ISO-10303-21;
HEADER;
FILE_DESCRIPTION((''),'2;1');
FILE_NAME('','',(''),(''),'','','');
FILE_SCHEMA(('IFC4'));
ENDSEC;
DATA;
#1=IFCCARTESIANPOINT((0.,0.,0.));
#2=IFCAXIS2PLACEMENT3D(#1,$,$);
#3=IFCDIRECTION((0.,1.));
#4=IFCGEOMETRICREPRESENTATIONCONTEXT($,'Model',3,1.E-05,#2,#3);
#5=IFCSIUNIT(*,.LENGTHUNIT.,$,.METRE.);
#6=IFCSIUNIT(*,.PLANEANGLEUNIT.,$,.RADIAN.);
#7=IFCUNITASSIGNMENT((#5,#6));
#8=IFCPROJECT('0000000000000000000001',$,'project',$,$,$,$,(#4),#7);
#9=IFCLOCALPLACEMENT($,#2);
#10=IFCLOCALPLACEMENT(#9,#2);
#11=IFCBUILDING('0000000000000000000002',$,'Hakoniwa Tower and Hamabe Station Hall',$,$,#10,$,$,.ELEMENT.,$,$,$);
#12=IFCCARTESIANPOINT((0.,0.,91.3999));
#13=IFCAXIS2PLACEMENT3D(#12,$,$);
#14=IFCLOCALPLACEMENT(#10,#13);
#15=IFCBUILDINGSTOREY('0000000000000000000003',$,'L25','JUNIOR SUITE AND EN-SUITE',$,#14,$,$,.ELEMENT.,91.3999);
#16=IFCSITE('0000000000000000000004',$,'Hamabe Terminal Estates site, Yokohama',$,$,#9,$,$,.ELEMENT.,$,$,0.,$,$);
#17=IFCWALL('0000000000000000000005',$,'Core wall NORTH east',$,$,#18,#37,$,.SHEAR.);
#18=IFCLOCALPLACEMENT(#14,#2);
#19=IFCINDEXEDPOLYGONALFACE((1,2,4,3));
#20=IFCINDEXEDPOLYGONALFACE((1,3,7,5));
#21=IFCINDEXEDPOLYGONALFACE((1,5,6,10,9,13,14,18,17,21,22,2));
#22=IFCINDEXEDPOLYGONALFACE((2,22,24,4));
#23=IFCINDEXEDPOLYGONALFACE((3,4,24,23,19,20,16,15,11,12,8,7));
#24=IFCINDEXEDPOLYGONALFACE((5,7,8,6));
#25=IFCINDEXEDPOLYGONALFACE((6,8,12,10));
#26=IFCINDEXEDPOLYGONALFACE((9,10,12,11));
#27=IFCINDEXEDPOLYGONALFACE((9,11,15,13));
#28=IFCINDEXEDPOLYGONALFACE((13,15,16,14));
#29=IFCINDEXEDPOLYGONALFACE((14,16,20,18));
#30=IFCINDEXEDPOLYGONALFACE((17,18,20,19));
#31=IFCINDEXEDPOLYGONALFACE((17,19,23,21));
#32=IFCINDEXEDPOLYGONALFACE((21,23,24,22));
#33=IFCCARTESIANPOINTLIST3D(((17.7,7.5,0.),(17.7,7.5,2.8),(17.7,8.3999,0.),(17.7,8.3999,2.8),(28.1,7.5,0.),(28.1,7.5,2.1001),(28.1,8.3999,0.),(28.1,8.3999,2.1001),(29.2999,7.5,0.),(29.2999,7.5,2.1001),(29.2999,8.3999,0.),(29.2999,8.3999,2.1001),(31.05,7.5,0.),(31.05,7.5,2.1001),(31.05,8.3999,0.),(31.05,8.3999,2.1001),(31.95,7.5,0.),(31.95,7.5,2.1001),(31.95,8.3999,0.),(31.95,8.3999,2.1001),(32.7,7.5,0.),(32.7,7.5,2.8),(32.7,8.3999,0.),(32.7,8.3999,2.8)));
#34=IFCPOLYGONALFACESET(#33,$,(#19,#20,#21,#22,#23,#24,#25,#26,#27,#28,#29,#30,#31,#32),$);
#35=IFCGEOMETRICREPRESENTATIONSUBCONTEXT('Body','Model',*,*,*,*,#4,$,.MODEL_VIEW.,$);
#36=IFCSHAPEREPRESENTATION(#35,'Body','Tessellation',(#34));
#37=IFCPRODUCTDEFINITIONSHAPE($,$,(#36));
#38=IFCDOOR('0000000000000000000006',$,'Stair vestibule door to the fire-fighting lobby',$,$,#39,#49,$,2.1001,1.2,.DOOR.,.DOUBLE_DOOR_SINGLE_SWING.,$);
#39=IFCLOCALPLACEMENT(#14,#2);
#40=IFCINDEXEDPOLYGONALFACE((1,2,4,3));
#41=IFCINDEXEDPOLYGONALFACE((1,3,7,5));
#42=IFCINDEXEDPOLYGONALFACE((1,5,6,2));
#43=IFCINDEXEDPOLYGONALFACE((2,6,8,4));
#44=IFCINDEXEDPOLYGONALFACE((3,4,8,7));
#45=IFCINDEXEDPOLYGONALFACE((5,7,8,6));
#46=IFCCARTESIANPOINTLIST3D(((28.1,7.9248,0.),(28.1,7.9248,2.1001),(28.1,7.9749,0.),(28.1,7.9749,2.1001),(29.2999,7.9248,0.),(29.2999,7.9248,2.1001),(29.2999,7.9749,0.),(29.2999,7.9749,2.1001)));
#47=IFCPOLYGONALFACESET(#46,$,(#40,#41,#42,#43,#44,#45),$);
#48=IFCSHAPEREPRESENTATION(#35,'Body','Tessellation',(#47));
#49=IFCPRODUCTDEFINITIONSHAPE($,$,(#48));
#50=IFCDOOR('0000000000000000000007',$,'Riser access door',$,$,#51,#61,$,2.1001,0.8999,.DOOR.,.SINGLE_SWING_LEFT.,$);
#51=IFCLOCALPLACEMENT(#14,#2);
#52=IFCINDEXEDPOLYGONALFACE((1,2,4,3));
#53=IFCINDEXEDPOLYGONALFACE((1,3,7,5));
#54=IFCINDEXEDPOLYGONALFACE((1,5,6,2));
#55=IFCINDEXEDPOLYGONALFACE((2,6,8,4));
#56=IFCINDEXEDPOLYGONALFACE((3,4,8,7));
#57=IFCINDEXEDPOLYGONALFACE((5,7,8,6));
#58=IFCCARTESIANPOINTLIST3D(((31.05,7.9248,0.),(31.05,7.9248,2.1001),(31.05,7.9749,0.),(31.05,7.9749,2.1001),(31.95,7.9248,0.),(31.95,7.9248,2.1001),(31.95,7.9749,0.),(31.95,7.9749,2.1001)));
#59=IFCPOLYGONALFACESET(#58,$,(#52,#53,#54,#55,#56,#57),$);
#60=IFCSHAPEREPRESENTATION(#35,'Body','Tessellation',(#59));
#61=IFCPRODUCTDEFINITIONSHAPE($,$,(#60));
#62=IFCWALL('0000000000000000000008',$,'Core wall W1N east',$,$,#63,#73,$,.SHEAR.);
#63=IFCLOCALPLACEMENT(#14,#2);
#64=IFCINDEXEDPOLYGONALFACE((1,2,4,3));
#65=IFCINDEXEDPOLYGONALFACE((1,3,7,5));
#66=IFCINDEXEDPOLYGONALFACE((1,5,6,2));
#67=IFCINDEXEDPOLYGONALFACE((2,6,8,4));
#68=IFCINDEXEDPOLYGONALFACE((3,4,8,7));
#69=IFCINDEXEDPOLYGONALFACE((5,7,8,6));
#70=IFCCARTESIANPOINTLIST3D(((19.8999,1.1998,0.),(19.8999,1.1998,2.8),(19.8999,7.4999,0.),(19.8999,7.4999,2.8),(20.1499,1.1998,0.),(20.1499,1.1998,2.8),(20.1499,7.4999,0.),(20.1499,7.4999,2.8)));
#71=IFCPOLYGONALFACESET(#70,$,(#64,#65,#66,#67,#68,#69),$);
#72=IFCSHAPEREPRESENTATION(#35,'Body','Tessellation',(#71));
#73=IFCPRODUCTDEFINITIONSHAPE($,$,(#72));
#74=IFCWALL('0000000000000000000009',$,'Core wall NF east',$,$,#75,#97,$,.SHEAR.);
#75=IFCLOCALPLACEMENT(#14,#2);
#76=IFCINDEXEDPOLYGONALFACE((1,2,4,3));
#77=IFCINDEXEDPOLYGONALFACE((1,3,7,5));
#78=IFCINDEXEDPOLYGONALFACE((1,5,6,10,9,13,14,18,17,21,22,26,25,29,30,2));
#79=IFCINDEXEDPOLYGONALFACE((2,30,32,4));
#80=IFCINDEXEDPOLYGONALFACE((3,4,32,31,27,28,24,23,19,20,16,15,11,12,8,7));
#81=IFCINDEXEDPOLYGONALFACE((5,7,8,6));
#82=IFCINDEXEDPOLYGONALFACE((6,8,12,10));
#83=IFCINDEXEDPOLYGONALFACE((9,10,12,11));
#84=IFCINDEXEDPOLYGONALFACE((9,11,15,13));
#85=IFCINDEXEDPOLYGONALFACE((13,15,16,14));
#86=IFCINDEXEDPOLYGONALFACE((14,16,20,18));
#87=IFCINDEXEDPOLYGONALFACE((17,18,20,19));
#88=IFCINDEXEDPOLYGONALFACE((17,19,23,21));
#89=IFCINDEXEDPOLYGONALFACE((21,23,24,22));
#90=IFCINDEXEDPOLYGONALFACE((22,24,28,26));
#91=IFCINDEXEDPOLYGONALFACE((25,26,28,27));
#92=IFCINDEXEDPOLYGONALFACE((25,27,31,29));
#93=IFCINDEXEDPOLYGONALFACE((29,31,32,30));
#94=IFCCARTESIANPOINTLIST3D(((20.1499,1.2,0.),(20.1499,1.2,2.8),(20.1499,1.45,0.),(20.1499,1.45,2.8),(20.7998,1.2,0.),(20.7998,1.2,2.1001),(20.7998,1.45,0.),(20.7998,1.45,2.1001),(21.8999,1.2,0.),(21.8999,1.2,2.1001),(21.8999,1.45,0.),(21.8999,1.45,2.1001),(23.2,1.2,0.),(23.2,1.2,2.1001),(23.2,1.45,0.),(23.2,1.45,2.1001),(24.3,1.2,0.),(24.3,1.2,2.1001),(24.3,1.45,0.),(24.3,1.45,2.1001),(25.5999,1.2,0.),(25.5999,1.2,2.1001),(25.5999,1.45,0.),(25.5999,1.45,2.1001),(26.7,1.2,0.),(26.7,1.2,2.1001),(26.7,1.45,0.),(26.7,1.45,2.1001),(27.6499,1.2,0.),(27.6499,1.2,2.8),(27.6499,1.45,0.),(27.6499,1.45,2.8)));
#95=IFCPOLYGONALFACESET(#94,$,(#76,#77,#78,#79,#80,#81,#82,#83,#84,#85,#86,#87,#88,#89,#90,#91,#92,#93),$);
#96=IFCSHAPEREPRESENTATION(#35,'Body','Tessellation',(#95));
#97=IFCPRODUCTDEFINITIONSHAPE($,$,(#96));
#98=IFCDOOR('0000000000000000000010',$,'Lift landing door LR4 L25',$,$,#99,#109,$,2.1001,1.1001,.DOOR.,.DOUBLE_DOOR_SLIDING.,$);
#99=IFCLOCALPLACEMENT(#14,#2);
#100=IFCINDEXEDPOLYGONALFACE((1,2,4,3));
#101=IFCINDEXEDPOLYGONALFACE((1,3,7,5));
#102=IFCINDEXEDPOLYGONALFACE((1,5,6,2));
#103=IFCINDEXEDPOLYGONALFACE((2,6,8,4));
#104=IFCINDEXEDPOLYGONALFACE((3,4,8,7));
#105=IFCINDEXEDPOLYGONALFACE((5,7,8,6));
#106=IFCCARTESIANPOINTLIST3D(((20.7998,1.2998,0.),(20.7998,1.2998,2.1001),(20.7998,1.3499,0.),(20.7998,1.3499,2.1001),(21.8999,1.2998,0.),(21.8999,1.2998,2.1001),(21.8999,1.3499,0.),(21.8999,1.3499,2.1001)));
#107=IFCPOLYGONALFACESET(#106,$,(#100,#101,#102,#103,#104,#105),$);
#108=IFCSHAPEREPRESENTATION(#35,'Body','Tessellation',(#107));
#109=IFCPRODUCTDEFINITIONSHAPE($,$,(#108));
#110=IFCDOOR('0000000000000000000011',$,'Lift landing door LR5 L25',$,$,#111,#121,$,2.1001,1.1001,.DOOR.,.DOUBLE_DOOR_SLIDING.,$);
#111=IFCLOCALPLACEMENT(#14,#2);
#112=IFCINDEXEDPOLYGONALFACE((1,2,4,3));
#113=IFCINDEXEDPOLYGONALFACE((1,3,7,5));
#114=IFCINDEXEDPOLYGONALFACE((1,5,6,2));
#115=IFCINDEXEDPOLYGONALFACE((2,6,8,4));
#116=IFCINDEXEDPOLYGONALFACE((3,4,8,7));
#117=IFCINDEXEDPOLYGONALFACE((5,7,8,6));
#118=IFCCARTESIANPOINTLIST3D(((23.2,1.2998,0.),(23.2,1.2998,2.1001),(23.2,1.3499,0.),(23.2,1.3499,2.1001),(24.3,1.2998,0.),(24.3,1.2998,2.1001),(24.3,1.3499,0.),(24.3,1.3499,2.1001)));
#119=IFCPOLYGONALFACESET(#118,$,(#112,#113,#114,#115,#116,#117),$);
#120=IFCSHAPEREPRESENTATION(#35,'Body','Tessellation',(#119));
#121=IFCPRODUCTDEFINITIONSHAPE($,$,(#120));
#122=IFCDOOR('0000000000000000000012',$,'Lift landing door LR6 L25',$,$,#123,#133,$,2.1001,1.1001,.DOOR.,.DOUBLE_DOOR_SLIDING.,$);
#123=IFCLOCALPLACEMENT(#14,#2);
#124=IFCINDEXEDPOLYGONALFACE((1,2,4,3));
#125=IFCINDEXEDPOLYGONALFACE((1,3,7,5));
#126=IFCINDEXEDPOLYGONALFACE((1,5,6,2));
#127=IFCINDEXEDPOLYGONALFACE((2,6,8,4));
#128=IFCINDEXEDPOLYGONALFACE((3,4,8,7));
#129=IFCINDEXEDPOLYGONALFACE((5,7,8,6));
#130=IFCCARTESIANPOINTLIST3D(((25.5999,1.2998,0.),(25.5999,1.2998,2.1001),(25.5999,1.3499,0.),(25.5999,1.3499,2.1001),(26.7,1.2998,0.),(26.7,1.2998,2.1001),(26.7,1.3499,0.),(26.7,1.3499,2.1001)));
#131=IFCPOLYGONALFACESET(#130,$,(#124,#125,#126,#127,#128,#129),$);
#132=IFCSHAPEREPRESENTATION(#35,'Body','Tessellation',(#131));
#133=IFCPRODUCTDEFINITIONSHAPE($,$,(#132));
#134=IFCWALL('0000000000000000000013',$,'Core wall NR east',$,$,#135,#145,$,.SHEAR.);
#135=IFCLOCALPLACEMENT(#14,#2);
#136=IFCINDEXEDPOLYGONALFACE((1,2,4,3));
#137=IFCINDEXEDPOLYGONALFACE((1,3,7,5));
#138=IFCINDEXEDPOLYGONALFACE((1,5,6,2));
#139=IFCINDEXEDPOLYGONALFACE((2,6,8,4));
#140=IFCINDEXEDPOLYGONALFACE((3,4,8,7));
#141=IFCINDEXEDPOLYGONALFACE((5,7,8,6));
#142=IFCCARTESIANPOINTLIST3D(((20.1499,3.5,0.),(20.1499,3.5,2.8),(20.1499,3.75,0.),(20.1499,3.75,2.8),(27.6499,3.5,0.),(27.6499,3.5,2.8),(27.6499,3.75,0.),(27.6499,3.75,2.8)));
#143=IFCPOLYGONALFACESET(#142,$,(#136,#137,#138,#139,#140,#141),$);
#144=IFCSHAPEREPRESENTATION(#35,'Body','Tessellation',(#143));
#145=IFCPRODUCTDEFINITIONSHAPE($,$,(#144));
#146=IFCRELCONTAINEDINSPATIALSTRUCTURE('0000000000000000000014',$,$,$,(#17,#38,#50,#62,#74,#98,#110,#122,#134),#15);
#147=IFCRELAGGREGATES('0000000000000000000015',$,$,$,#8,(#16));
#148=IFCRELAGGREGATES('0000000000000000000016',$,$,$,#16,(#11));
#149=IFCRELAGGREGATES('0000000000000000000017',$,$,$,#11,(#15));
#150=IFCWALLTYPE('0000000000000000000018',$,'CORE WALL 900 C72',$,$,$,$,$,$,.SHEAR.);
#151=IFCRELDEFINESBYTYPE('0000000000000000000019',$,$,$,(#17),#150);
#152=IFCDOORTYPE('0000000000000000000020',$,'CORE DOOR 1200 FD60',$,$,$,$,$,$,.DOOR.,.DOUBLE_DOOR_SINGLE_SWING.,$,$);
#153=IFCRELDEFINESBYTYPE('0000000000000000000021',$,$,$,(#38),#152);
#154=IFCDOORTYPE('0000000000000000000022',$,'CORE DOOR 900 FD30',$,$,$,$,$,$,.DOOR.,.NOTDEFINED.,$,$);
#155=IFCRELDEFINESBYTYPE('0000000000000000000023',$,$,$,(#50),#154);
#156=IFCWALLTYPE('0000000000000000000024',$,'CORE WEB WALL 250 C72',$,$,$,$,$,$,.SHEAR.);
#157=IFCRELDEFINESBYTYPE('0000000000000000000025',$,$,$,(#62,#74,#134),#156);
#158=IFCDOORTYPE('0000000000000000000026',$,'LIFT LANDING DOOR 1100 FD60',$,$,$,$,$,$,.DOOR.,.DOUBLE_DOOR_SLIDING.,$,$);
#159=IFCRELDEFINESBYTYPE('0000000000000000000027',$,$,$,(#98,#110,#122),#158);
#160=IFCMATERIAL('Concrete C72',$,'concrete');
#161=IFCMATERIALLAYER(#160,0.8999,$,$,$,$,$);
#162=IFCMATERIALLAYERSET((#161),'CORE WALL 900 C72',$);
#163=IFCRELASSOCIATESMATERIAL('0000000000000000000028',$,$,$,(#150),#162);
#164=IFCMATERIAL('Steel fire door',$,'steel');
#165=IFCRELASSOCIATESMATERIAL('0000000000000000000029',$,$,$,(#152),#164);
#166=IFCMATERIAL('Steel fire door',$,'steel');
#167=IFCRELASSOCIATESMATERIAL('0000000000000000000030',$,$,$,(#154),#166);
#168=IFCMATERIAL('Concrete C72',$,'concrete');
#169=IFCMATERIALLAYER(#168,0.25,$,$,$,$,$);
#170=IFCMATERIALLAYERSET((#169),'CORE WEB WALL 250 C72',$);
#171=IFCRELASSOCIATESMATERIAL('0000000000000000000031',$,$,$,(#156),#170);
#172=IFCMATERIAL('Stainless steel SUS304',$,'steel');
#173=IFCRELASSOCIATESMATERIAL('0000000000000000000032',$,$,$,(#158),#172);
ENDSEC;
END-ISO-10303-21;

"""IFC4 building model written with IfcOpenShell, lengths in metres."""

from ifc_helpers import new_model, si_unit, direction, frame, frame_2d, origin, place, context, subcontext, project, spatial, rectangle, extrude, material, layer, layer_set, type_object, element, fill, save


model = new_model("IFC4")

# Units and contexts
model_context = context("Model", 3, precision=1e-05, world=origin(), true_north=direction((0.0, 1.0)))
body_context = subcontext(model_context, "Body", "Model", "MODEL_VIEW")
ifc_project = project(units=[si_unit("LENGTHUNIT", "METRE"), si_unit("PLANEANGLEUNIT", "RADIAN")], contexts=[model_context])

# Site, building, storey
site_placement = place(None, origin())
site = spatial("IfcSite", under=ifc_project, at=site_placement, Name="Hamabe Terminal Estates site, Yokohama", CompositionType="ELEMENT", RefElevation=0.0)
building_placement = place(site_placement, origin())
building = spatial("IfcBuilding", under=site, at=building_placement, Name="Hakoniwa Tower and Hamabe Station Hall", CompositionType="ELEMENT")
storey_placement = place(building_placement, frame((0.0, 0.0, 91.3999)))
storey = spatial("IfcBuildingStorey", under=building, at=storey_placement, Name="L25", Description="JUNIOR SUITE AND EN-SUITE", CompositionType="ELEMENT", Elevation=91.3999)

# Wall, openings, doors
ifc_material_1 = material(Name="Concrete C72", Category="concrete")
ifc_layer_1 = layer(ifc_material_1, 0.8999)
ifc_layer_set_1 = layer_set([ifc_layer_1], Name="CORE WALL 900 C72")
wall_type_1 = type_object("IfcWallType", Name="CORE WALL 900 C72", PredefinedType="SHEAR", material=ifc_layer_set_1)
wall_1_placement = place(storey_placement, frame((17.7, 7.95, 0.0), z_axis=(0.0, 0.0, 1.0), x_axis=(1.0, 0.0, 0.0)))
wall_1 = element("IfcWall", 1, at=wall_1_placement, inside=storey, type_object=wall_type_1, Name="Core wall NORTH east", PredefinedType="SHEAR", context=body_context, shape_type="SweptSolid", body=[
    extrude(rectangle(XDim=15.0, YDim=0.8999, at=frame_2d((7.5, 0.0))), origin(), (0.0, 0.0, 1.0), 2.8),
])
opening_1_placement = place(wall_1_placement, frame((10.3999, 0.0, 0.0)))
opening_1 = element("IfcOpeningElement", 2, at=opening_1_placement, cuts=wall_1, PredefinedType="OPENING", context=body_context, shape_type="SweptSolid", body=[
    extrude(rectangle(XDim=1.2, YDim=2.1001, at=frame_2d((0.6001, 1.05))), frame((0.0, 0.46, 0.0), z_axis=(0.0, -1.0, 0.0), x_axis=(1.0, 0.0, 0.0)), (0.0, 0.0, 1.0), 0.9199),
])
opening_2_placement = place(wall_1_placement, frame((13.3501, 0.0, 0.0)))
opening_2 = element("IfcOpeningElement", 3, at=opening_2_placement, cuts=wall_1, PredefinedType="OPENING", context=body_context, shape_type="SweptSolid", body=[
    extrude(rectangle(XDim=0.8999, YDim=2.1001, at=frame_2d((0.45, 1.05))), frame((0.0, 0.46, 0.0), z_axis=(0.0, -1.0, 0.0), x_axis=(1.0, 0.0, 0.0)), (0.0, 0.0, 1.0), 0.9199),
])
ifc_material_2 = material(Name="Steel fire door", Category="steel")
door_type_1 = type_object("IfcDoorType", Name="CORE DOOR 1200 FD60", OperationType="DOUBLE_DOOR_SINGLE_SWING", PredefinedType="DOOR", material=ifc_material_2)
door_1_placement = place(opening_1_placement, origin())
door_1 = element("IfcDoor", 4, at=door_1_placement, inside=storey, type_object=door_type_1, Name="Stair vestibule door to the fire-fighting lobby", OperationType="DOUBLE_DOOR_SINGLE_SWING", OverallHeight=2.1001, OverallWidth=1.2, PredefinedType="DOOR", context=body_context, shape_type="SweptSolid", body=[
    extrude(rectangle(XDim=1.2, YDim=2.1001, at=frame_2d((0.6001, 1.05))), frame((0.0, 0.0249, 0.0), z_axis=(0.0, -1.0, 0.0), x_axis=(1.0, 0.0, 0.0)), (0.0, 0.0, 1.0), 0.05),
])
fill(opening_1, door_1)
ifc_material_3 = material(Name="Steel fire door", Category="steel")
door_type_2 = type_object("IfcDoorType", Name="CORE DOOR 900 FD30", OperationType="NOTDEFINED", PredefinedType="DOOR", material=ifc_material_3)
door_2_placement = place(opening_2_placement, origin())
door_2 = element("IfcDoor", 5, at=door_2_placement, inside=storey, type_object=door_type_2, Name="Riser access door", OperationType="SINGLE_SWING_LEFT", OverallHeight=2.1001, OverallWidth=0.8999, PredefinedType="DOOR", context=body_context, shape_type="SweptSolid", body=[
    extrude(rectangle(XDim=0.8999, YDim=2.1001, at=frame_2d((0.45, 1.05))), frame((0.0, 0.0249, 0.0), z_axis=(0.0, -1.0, 0.0), x_axis=(1.0, 0.0, 0.0)), (0.0, 0.0, 1.0), 0.05),
])
fill(opening_2, door_2)

# Wall
ifc_material_4 = material(Name="Concrete C72", Category="concrete")
ifc_layer_2 = layer(ifc_material_4, 0.25)
ifc_layer_set_2 = layer_set([ifc_layer_2], Name="CORE WEB WALL 250 C72")
wall_type_2 = type_object("IfcWallType", Name="CORE WEB WALL 250 C72", PredefinedType="SHEAR", material=ifc_layer_set_2)
wall_2_placement = place(storey_placement, frame((20.0249, 1.2, 0.0), z_axis=(0.0, 0.0, 1.0), x_axis=(0.0, 1.0, 0.0)))
element("IfcWall", 6, at=wall_2_placement, inside=storey, type_object=wall_type_2, Name="Core wall W1N east", PredefinedType="SHEAR", context=body_context, shape_type="SweptSolid", body=[
    extrude(rectangle(XDim=6.3, YDim=0.25, at=frame_2d((3.1499, 0.0))), origin(), (0.0, 0.0, 1.0), 2.8),
])

# Wall, openings, doors
wall_3_placement = place(storey_placement, frame((20.1499, 1.325, 0.0), z_axis=(0.0, 0.0, 1.0), x_axis=(1.0, 0.0, 0.0)))
wall_3 = element("IfcWall", 7, at=wall_3_placement, inside=storey, type_object=wall_type_2, Name="Core wall NF east", PredefinedType="SHEAR", context=body_context, shape_type="SweptSolid", body=[
    extrude(rectangle(XDim=7.5, YDim=0.25, at=frame_2d((3.75, 0.0))), origin(), (0.0, 0.0, 1.0), 2.8),
])
opening_3_placement = place(wall_3_placement, frame((0.6499, 0.0, 0.0)))
opening_3 = element("IfcOpeningElement", 8, at=opening_3_placement, cuts=wall_3, PredefinedType="OPENING", context=body_context, shape_type="SweptSolid", body=[
    extrude(rectangle(XDim=1.1001, YDim=2.1001, at=frame_2d((0.55, 1.05))), frame((0.0, 0.135, 0.0), z_axis=(0.0, -1.0, 0.0), x_axis=(1.0, 0.0, 0.0)), (0.0, 0.0, 1.0), 0.27),
])
opening_4_placement = place(wall_3_placement, frame((3.05, 0.0, 0.0)))
opening_4 = element("IfcOpeningElement", 9, at=opening_4_placement, cuts=wall_3, PredefinedType="OPENING", context=body_context, shape_type="SweptSolid", body=[
    extrude(rectangle(XDim=1.1001, YDim=2.1001, at=frame_2d((0.55, 1.05))), frame((0.0, 0.135, 0.0), z_axis=(0.0, -1.0, 0.0), x_axis=(1.0, 0.0, 0.0)), (0.0, 0.0, 1.0), 0.27),
])
opening_5_placement = place(wall_3_placement, frame((5.45, 0.0, 0.0)))
opening_5 = element("IfcOpeningElement", 10, at=opening_5_placement, cuts=wall_3, PredefinedType="OPENING", context=body_context, shape_type="SweptSolid", body=[
    extrude(rectangle(XDim=1.1001, YDim=2.1001, at=frame_2d((0.55, 1.05))), frame((0.0, 0.135, 0.0), z_axis=(0.0, -1.0, 0.0), x_axis=(1.0, 0.0, 0.0)), (0.0, 0.0, 1.0), 0.27),
])
ifc_material_5 = material(Name="Stainless steel SUS304", Category="steel")
door_type_3 = type_object("IfcDoorType", Name="LIFT LANDING DOOR 1100 FD60", OperationType="DOUBLE_DOOR_SLIDING", PredefinedType="DOOR", material=ifc_material_5)
door_3_placement = place(opening_3_placement, origin())
door_3 = element("IfcDoor", 11, at=door_3_placement, inside=storey, type_object=door_type_3, Name="Lift landing door LR4 L25", OperationType="DOUBLE_DOOR_SLIDING", OverallHeight=2.1001, OverallWidth=1.1001, PredefinedType="DOOR", context=body_context, shape_type="SweptSolid", body=[
    extrude(rectangle(XDim=1.1001, YDim=2.1001, at=frame_2d((0.55, 1.05))), frame((0.0, 0.0249, 0.0), z_axis=(0.0, -1.0, 0.0), x_axis=(1.0, 0.0, 0.0)), (0.0, 0.0, 1.0), 0.05),
])
fill(opening_3, door_3)
door_4_placement = place(opening_4_placement, origin())
door_4 = element("IfcDoor", 12, at=door_4_placement, inside=storey, type_object=door_type_3, Name="Lift landing door LR5 L25", OperationType="DOUBLE_DOOR_SLIDING", OverallHeight=2.1001, OverallWidth=1.1001, PredefinedType="DOOR", context=body_context, shape_type="SweptSolid", body=[
    extrude(rectangle(XDim=1.1001, YDim=2.1001, at=frame_2d((0.55, 1.05))), frame((0.0, 0.0249, 0.0), z_axis=(0.0, -1.0, 0.0), x_axis=(1.0, 0.0, 0.0)), (0.0, 0.0, 1.0), 0.05),
])
fill(opening_4, door_4)
door_5_placement = place(opening_5_placement, origin())
door_5 = element("IfcDoor", 13, at=door_5_placement, inside=storey, type_object=door_type_3, Name="Lift landing door LR6 L25", OperationType="DOUBLE_DOOR_SLIDING", OverallHeight=2.1001, OverallWidth=1.1001, PredefinedType="DOOR", context=body_context, shape_type="SweptSolid", body=[
    extrude(rectangle(XDim=1.1001, YDim=2.1001, at=frame_2d((0.55, 1.05))), frame((0.0, 0.0249, 0.0), z_axis=(0.0, -1.0, 0.0), x_axis=(1.0, 0.0, 0.0)), (0.0, 0.0, 1.0), 0.05),
])
fill(opening_5, door_5)

# Wall
wall_4_placement = place(storey_placement, frame((20.1499, 3.625, 0.0), z_axis=(0.0, 0.0, 1.0), x_axis=(1.0, 0.0, 0.0)))
element("IfcWall", 14, at=wall_4_placement, inside=storey, type_object=wall_type_2, Name="Core wall NR east", PredefinedType="SHEAR", context=body_context, shape_type="SweptSolid", body=[
    extrude(rectangle(XDim=7.5, YDim=0.25, at=frame_2d((3.75, 0.0))), origin(), (0.0, 0.0, 1.0), 2.8),
])

save(model, "model.ifc")
